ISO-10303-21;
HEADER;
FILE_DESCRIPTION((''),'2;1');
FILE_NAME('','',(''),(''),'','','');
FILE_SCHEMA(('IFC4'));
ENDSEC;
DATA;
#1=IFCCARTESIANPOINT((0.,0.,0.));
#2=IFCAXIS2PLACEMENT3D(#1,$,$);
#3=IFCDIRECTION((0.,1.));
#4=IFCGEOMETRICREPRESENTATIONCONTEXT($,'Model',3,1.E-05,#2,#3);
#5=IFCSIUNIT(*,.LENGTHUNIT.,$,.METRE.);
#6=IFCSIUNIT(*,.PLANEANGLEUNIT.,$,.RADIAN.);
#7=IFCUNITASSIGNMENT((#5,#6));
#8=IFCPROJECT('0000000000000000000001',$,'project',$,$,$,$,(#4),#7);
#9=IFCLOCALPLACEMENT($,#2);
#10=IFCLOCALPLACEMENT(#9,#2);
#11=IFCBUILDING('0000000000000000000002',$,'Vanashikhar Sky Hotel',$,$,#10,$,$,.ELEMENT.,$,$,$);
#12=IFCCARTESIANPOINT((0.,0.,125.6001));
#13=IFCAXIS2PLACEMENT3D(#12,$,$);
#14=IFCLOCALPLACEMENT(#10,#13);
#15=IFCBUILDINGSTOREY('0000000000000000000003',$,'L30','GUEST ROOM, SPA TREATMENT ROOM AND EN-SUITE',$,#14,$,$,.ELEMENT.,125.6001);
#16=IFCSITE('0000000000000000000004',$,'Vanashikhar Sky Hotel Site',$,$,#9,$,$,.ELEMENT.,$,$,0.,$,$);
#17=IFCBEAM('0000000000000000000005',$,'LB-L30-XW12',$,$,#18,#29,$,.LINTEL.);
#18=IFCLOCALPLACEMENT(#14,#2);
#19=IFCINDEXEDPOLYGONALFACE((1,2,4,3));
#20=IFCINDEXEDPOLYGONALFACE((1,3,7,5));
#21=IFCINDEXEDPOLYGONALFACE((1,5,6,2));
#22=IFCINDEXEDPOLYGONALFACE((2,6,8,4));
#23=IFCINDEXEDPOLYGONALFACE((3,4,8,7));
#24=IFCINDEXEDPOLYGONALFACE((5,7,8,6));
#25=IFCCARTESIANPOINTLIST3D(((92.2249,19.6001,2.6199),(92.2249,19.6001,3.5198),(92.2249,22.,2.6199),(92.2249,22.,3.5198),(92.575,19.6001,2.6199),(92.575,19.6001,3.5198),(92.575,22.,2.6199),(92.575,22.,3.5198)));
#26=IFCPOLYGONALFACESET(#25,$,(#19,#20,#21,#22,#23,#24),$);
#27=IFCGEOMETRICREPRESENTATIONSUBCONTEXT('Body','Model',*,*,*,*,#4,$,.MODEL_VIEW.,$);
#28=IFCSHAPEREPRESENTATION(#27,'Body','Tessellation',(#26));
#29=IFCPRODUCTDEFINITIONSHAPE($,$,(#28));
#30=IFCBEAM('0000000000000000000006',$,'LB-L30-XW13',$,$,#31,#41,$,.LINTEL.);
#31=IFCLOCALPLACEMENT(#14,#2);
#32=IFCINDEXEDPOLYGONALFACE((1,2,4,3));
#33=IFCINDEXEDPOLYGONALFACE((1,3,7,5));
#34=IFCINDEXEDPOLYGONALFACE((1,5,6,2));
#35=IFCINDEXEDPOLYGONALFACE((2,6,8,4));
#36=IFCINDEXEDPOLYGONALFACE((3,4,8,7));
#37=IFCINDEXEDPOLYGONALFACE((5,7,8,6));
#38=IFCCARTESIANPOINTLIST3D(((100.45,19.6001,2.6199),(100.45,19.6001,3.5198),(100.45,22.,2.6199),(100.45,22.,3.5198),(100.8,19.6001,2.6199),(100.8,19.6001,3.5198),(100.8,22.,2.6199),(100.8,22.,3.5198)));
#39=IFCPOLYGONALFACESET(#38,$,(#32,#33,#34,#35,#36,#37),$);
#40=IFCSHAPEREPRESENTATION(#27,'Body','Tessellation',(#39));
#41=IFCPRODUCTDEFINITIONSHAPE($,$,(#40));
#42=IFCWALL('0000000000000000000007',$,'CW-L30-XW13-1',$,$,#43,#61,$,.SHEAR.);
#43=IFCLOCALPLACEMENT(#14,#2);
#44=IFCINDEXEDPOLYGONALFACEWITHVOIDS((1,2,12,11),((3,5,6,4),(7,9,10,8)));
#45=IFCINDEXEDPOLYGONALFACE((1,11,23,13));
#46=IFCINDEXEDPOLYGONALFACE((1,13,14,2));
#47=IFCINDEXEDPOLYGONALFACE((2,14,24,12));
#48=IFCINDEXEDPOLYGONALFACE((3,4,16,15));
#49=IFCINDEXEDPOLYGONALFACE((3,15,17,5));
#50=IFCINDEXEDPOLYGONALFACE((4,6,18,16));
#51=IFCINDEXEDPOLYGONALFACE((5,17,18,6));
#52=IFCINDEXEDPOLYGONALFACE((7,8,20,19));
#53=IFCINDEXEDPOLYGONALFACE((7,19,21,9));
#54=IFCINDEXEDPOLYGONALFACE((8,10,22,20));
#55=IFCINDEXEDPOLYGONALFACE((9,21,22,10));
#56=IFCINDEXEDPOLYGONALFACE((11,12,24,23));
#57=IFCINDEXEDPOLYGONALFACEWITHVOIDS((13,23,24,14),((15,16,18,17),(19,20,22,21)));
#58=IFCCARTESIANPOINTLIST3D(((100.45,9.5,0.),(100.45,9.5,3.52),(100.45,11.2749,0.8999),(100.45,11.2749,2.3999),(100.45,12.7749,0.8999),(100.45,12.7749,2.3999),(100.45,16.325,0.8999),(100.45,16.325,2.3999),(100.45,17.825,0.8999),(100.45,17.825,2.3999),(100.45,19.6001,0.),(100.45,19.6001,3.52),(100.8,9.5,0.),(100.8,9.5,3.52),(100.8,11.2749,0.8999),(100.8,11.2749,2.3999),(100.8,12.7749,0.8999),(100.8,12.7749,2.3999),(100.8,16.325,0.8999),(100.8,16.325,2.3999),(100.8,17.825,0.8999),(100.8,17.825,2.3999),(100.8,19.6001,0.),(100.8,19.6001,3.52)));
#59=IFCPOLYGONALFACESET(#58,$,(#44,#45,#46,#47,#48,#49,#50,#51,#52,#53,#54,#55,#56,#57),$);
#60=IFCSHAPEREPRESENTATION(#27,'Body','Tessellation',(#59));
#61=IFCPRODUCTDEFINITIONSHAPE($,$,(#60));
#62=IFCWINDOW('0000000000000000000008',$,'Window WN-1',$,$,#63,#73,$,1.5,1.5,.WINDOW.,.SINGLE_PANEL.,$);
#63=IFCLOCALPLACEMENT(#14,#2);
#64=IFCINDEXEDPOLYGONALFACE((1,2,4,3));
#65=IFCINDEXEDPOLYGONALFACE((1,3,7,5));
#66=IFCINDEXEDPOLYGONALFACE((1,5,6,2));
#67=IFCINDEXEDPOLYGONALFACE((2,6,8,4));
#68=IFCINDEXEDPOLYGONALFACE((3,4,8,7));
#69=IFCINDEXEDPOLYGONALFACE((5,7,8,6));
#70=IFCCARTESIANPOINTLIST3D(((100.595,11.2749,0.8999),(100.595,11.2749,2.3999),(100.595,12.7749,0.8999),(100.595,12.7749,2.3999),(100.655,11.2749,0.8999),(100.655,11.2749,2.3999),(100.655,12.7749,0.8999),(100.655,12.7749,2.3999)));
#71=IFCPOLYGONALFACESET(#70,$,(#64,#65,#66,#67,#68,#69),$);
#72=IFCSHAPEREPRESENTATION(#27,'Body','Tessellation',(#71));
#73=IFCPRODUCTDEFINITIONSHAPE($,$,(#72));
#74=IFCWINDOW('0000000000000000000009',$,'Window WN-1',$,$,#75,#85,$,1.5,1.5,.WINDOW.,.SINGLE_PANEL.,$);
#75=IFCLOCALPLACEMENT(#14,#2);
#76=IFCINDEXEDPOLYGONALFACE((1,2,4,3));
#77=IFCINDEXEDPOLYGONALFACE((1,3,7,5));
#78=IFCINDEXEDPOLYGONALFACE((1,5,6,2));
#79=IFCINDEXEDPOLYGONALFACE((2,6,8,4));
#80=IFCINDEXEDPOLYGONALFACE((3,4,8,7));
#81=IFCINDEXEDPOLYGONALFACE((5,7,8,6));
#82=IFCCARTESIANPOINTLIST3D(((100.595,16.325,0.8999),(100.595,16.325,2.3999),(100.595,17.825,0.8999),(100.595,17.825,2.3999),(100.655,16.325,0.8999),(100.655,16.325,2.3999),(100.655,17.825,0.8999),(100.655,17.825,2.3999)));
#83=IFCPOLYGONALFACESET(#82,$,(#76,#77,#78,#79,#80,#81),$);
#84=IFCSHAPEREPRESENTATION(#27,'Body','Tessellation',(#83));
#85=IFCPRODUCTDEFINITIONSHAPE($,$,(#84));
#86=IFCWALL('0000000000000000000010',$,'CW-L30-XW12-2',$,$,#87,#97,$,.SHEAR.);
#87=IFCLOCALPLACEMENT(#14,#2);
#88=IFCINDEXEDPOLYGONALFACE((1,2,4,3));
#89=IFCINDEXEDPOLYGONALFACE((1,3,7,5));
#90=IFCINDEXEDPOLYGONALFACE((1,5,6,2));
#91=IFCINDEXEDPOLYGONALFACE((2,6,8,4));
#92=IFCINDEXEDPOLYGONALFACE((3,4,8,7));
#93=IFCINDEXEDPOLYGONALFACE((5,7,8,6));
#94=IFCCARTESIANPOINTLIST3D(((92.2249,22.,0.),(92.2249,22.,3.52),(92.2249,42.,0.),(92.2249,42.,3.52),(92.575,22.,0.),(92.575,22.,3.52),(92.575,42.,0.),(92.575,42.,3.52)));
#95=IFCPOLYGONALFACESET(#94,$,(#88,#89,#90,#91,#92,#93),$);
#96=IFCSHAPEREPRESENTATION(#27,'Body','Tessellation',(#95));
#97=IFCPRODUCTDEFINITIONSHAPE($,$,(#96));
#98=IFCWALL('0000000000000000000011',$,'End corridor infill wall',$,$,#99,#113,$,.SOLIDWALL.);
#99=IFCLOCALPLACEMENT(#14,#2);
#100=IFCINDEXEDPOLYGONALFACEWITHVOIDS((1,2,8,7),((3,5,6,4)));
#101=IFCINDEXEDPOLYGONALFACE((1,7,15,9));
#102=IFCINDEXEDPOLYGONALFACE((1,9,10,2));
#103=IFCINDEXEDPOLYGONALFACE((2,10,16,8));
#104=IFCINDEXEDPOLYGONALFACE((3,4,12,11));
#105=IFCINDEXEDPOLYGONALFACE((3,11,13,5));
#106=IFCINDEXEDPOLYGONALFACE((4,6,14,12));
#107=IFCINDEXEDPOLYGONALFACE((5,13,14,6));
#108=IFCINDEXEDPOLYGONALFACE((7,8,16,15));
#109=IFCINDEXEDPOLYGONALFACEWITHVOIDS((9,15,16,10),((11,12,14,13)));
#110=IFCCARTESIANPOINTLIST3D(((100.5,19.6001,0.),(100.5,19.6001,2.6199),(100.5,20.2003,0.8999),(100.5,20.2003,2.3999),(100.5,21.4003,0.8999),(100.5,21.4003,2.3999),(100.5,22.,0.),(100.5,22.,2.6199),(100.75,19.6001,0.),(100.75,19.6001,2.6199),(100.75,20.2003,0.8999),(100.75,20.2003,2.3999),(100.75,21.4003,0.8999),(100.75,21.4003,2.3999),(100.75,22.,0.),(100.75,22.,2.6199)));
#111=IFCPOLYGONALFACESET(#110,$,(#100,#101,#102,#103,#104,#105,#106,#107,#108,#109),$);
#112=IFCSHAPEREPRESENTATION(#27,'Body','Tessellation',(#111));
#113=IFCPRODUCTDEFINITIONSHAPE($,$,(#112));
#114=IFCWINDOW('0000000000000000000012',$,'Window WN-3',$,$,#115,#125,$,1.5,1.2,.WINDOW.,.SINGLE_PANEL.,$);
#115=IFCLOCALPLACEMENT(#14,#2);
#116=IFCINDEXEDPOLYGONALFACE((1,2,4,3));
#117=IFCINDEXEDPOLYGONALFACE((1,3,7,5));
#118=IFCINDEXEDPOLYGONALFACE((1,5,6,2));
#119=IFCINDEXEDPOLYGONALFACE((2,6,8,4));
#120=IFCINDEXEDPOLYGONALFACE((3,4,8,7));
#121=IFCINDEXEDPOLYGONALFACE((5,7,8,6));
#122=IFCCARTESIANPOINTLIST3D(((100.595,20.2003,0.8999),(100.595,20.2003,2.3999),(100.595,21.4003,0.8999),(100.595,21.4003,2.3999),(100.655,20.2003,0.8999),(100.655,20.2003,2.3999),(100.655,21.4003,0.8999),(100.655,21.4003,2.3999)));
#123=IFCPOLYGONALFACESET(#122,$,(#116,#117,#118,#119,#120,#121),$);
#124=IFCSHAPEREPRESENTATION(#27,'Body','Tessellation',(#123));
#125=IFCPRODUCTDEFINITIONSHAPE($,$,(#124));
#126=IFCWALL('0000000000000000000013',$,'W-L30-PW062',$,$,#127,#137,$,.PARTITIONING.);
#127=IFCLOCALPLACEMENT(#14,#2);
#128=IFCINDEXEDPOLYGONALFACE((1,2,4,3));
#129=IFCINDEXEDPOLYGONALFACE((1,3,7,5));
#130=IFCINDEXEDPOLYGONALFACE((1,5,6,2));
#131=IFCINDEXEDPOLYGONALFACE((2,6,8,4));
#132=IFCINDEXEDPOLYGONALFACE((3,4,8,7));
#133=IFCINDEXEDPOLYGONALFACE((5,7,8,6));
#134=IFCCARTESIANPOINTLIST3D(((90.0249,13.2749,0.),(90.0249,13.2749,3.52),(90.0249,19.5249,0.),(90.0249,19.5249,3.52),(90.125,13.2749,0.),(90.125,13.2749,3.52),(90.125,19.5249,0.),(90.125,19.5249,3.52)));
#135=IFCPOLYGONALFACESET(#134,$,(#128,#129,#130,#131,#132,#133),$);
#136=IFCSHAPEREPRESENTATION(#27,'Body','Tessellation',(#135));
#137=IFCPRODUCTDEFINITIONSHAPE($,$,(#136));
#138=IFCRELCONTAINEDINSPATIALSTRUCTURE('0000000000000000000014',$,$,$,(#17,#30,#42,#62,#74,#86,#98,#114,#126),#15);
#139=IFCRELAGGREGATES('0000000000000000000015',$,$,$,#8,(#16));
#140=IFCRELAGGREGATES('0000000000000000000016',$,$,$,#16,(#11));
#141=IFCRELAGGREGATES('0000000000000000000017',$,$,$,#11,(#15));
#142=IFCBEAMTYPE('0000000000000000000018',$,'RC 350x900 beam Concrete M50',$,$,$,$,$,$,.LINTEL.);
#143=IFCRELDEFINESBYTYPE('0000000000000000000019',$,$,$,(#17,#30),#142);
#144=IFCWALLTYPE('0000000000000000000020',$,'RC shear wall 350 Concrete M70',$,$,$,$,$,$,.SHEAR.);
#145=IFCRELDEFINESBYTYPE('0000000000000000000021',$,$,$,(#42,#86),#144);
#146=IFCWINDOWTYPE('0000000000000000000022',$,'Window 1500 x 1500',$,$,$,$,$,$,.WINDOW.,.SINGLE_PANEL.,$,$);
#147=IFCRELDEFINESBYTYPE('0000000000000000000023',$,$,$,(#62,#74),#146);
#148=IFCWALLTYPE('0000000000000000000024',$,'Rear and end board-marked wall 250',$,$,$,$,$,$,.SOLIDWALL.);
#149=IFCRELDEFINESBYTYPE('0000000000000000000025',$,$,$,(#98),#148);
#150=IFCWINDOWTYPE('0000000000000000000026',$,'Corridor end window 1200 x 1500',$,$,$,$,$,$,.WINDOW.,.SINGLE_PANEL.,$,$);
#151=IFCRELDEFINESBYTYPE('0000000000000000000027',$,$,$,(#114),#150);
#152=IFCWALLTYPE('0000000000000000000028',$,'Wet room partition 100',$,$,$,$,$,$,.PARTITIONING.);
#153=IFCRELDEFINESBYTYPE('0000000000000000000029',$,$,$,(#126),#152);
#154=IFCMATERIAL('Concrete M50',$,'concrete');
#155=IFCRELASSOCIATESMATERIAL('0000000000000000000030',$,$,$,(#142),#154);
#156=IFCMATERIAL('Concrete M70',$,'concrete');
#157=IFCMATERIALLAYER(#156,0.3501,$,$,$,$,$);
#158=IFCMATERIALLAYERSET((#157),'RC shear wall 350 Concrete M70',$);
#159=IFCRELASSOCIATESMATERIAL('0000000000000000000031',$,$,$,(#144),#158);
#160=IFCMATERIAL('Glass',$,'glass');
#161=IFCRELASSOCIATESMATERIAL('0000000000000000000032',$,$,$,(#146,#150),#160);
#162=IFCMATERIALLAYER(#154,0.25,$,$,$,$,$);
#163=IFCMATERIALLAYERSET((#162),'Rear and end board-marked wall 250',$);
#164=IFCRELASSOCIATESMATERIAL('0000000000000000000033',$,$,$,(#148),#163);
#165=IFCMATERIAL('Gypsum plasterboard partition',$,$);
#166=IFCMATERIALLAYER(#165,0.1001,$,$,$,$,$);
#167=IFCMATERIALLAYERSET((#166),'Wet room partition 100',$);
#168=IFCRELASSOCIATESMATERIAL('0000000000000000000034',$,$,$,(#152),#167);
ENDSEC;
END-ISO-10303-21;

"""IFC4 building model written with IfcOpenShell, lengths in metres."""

from ifc_helpers import new_model, si_unit, direction, frame, frame_2d, origin, origin_2d, place, context, subcontext, project, spatial, rectangle, extrude, source, transform, mapped, material, layer, layer_set, material_profile, profile_set, type_object, element, fill, save


model = new_model("IFC4")

# Units and contexts
model_context = context("Model", 3, precision=1e-05, world=origin(), true_north=direction((0.0, 1.0)))
body_context = subcontext(model_context, "Body", "Model", "MODEL_VIEW")
ifc_project = project(units=[si_unit("LENGTHUNIT", "METRE"), si_unit("PLANEANGLEUNIT", "RADIAN")], contexts=[model_context])

# Site, building, storey
site_placement = place(None, origin())
site = spatial("IfcSite", under=ifc_project, at=site_placement, Name="Vanashikhar Sky Hotel Site", CompositionType="ELEMENT", RefElevation=0.0)
building_placement = place(site_placement, origin())
building = spatial("IfcBuilding", under=site, at=building_placement, Name="Vanashikhar Sky Hotel", CompositionType="ELEMENT")
storey_placement = place(building_placement, frame((0.0, 0.0, 125.6001)))
storey = spatial("IfcBuildingStorey", under=building, at=storey_placement, Name="L30", Description="GUEST ROOM, SPA TREATMENT ROOM AND EN-SUITE", CompositionType="ELEMENT", Elevation=125.6001)

# Beams
ifc_material_1 = material(Name="Concrete M50", Category="concrete")
ifc_material_profile = material_profile(ifc_material_1, rectangle(XDim=0.3501, YDim=0.8999, at=origin_2d()))
ifc_profile_set = profile_set([ifc_material_profile], Name="RC 350x900 beam Concrete M50")
beam_type = type_object("IfcBeamType", Name="RC 350x900 beam Concrete M50", PredefinedType="LINTEL", material=ifc_profile_set)
shared_shape_1 = source(origin(), body_context, "Body", "SweptSolid", [
    extrude(rectangle(XDim=0.3501, YDim=0.8999, at=origin_2d()), origin(), (0.0, 0.0, 1.0), 2.3999),
])
for number, where, z_axis, x_axis, name in (
    (1, (92.3999, 19.6001, 3.0698), (0.0, 1.0, 0.0), (-1.0, 0.0, 0.0), "LB-L30-XW12"),
    (2, (100.625, 19.6001, 3.0698), (0.0, 1.0, 0.0), (-1.0, 0.0, 0.0), "LB-L30-XW13"),
):
    element("IfcBeam", number, at=place(storey_placement, frame(where, z_axis=z_axis, x_axis=x_axis)), inside=storey, type_object=beam_type, Name=name, PredefinedType="LINTEL", context=body_context, shape_type="MappedRepresentation", body=[
        mapped(shared_shape_1, transform((0.0, 0.0, 0.0), scale=1.0)),
    ])

# Wall, openings, windows
ifc_material_2 = material(Name="Concrete M70", Category="concrete")
ifc_layer_1 = layer(ifc_material_2, 0.3501)
ifc_layer_set_1 = layer_set([ifc_layer_1], Name="RC shear wall 350 Concrete M70")
wall_type_1 = type_object("IfcWallType", Name="RC shear wall 350 Concrete M70", PredefinedType="SHEAR", material=ifc_layer_set_1)
shared_shape_2 = source(origin(), body_context, "Body", "SweptSolid", [
    extrude(rectangle(XDim=10.1001, YDim=0.3501, at=frame_2d((5.05, 0.0))), origin(), (0.0, 0.0, 1.0), 3.52),
])
wall_1_placement = place(storey_placement, frame((100.625, 9.5, 0.0), z_axis=(0.0, 0.0, 1.0), x_axis=(0.0, 1.0, 0.0)))
wall_1 = element("IfcWall", 3, at=wall_1_placement, inside=storey, type_object=wall_type_1, Name="CW-L30-XW13-1", PredefinedType="SHEAR", context=body_context, shape_type="MappedRepresentation", body=[
    mapped(shared_shape_2, transform((0.0, 0.0, 0.0), scale=1.0)),
])
shared_shape_3 = source(origin(), body_context, "Body", "SweptSolid", [
    extrude(rectangle(XDim=1.5, YDim=1.5, at=frame_2d((0.75, 0.75))), frame((0.0, 0.1851, 0.0), z_axis=(0.0, -1.0, 0.0), x_axis=(1.0, 0.0, 0.0)), (0.0, 0.0, 1.0), 0.3701),
])
opening_1_placement = place(wall_1_placement, frame((1.7749, 0.0, 0.8999)))
opening_1 = element("IfcOpeningElement", 4, at=opening_1_placement, cuts=wall_1, PredefinedType="OPENING", context=body_context, shape_type="MappedRepresentation", body=[
    mapped(shared_shape_3, transform((0.0, 0.0, 0.0), scale=1.0)),
])
opening_2_placement = place(wall_1_placement, frame((6.825, 0.0, 0.8999)))
opening_2 = element("IfcOpeningElement", 5, at=opening_2_placement, cuts=wall_1, PredefinedType="OPENING", context=body_context, shape_type="MappedRepresentation", body=[
    mapped(shared_shape_3, transform((0.0, 0.0, 0.0), scale=1.0)),
])
ifc_material_3 = material(Name="Glass", Category="glass")
window_type_1 = type_object("IfcWindowType", Name="Window 1500 x 1500", PartitioningType="SINGLE_PANEL", PredefinedType="WINDOW", material=ifc_material_3)
shared_shape_4 = source(origin(), body_context, "Body", "SweptSolid", [
    extrude(rectangle(XDim=1.5, YDim=1.5, at=frame_2d((0.75, 0.75))), frame((0.0, 0.03, 0.0), z_axis=(0.0, -1.0, 0.0), x_axis=(1.0, 0.0, 0.0)), (0.0, 0.0, 1.0), 0.0601),
])
window_1_placement = place(opening_1_placement, origin())
window_1 = element("IfcWindow", 6, at=window_1_placement, inside=storey, type_object=window_type_1, Name="Window WN-1", OverallHeight=1.5, OverallWidth=1.5, PartitioningType="SINGLE_PANEL", PredefinedType="WINDOW", context=body_context, shape_type="MappedRepresentation", body=[
    mapped(shared_shape_4, transform((0.0, 0.0, 0.0), scale=1.0)),
])
fill(opening_1, window_1)
window_2_placement = place(opening_2_placement, origin())
window_2 = element("IfcWindow", 7, at=window_2_placement, inside=storey, type_object=window_type_1, Name="Window WN-1", OverallHeight=1.5, OverallWidth=1.5, PartitioningType="SINGLE_PANEL", PredefinedType="WINDOW", context=body_context, shape_type="MappedRepresentation", body=[
    mapped(shared_shape_4, transform((0.0, 0.0, 0.0), scale=1.0)),
])
fill(opening_2, window_2)

# Wall
shared_shape_5 = source(origin(), body_context, "Body", "SweptSolid", [
    extrude(rectangle(XDim=20.0, YDim=0.3501, at=frame_2d((10.0, 0.0))), origin(), (0.0, 0.0, 1.0), 3.52),
])
wall_2_placement = place(storey_placement, frame((92.3999, 22.0, 0.0), z_axis=(0.0, 0.0, 1.0), x_axis=(0.0, 1.0, 0.0)))
element("IfcWall", 8, at=wall_2_placement, inside=storey, type_object=wall_type_1, Name="CW-L30-XW12-2", PredefinedType="SHEAR", context=body_context, shape_type="MappedRepresentation", body=[
    mapped(shared_shape_5, transform((0.0, 0.0, 0.0), scale=1.0)),
])

# Wall, opening, window
ifc_layer_2 = layer(ifc_material_1, 0.25)
ifc_layer_set_2 = layer_set([ifc_layer_2], Name="Rear and end board-marked wall 250")
wall_type_2 = type_object("IfcWallType", Name="Rear and end board-marked wall 250", PredefinedType="SOLIDWALL", material=ifc_layer_set_2)
shared_shape_6 = source(origin(), body_context, "Body", "SweptSolid", [
    extrude(rectangle(XDim=2.3999, YDim=0.25, at=frame_2d((1.2, 0.0))), origin(), (0.0, 0.0, 1.0), 2.6199),
])
wall_3_placement = place(storey_placement, frame((100.625, 19.6001, 0.0), z_axis=(0.0, 0.0, 1.0), x_axis=(0.0, 1.0, 0.0)))
wall_3 = element("IfcWall", 9, at=wall_3_placement, inside=storey, type_object=wall_type_2, Name="End corridor infill wall", PredefinedType="SOLIDWALL", context=body_context, shape_type="MappedRepresentation", body=[
    mapped(shared_shape_6, transform((0.0, 0.0, 0.0), scale=1.0)),
])
shared_shape_7 = source(origin(), body_context, "Body", "SweptSolid", [
    extrude(rectangle(XDim=1.2, YDim=1.5, at=frame_2d((0.6001, 0.75))), frame((0.0, 0.135, 0.0), z_axis=(0.0, -1.0, 0.0), x_axis=(1.0, 0.0, 0.0)), (0.0, 0.0, 1.0), 0.27),
])
opening_3_placement = place(wall_3_placement, frame((0.6001, 0.0, 0.8999)))
opening_3 = element("IfcOpeningElement", 10, at=opening_3_placement, cuts=wall_3, PredefinedType="OPENING", context=body_context, shape_type="MappedRepresentation", body=[
    mapped(shared_shape_7, transform((0.0, 0.0, 0.0), scale=1.0)),
])
window_type_2 = type_object("IfcWindowType", Name="Corridor end window 1200 x 1500", PartitioningType="SINGLE_PANEL", PredefinedType="WINDOW", material=ifc_material_3)
shared_shape_8 = source(origin(), body_context, "Body", "SweptSolid", [
    extrude(rectangle(XDim=1.2, YDim=1.5, at=frame_2d((0.6001, 0.75))), frame((0.0, 0.03, 0.0), z_axis=(0.0, -1.0, 0.0), x_axis=(1.0, 0.0, 0.0)), (0.0, 0.0, 1.0), 0.0601),
])
window_3_placement = place(opening_3_placement, origin())
window_3 = element("IfcWindow", 11, at=window_3_placement, inside=storey, type_object=window_type_2, Name="Window WN-3", OverallHeight=1.5, OverallWidth=1.2, PartitioningType="SINGLE_PANEL", PredefinedType="WINDOW", context=body_context, shape_type="MappedRepresentation", body=[
    mapped(shared_shape_8, transform((0.0, 0.0, 0.0), scale=1.0)),
])
fill(opening_3, window_3)

# Wall
ifc_material_4 = material(Name="Gypsum plasterboard partition")
ifc_layer_3 = layer(ifc_material_4, 0.1001)
ifc_layer_set_3 = layer_set([ifc_layer_3], Name="Wet room partition 100")
wall_type_3 = type_object("IfcWallType", Name="Wet room partition 100", PredefinedType="PARTITIONING", material=ifc_layer_set_3)
shared_shape_9 = source(origin(), body_context, "Body", "SweptSolid", [
    extrude(rectangle(XDim=6.25, YDim=0.1001, at=frame_2d((3.125, 0.0))), origin(), (0.0, 0.0, 1.0), 3.52),
])
wall_4_placement = place(storey_placement, frame((90.075, 13.2749, 0.0), z_axis=(0.0, 0.0, 1.0), x_axis=(0.0, 1.0, 0.0)))
element("IfcWall", 12, at=wall_4_placement, inside=storey, type_object=wall_type_3, Name="W-L30-PW062", PredefinedType="PARTITIONING", context=body_context, shape_type="MappedRepresentation", body=[
    mapped(shared_shape_9, transform((0.0, 0.0, 0.0), scale=1.0)),
])

save(model, "model.ifc")
